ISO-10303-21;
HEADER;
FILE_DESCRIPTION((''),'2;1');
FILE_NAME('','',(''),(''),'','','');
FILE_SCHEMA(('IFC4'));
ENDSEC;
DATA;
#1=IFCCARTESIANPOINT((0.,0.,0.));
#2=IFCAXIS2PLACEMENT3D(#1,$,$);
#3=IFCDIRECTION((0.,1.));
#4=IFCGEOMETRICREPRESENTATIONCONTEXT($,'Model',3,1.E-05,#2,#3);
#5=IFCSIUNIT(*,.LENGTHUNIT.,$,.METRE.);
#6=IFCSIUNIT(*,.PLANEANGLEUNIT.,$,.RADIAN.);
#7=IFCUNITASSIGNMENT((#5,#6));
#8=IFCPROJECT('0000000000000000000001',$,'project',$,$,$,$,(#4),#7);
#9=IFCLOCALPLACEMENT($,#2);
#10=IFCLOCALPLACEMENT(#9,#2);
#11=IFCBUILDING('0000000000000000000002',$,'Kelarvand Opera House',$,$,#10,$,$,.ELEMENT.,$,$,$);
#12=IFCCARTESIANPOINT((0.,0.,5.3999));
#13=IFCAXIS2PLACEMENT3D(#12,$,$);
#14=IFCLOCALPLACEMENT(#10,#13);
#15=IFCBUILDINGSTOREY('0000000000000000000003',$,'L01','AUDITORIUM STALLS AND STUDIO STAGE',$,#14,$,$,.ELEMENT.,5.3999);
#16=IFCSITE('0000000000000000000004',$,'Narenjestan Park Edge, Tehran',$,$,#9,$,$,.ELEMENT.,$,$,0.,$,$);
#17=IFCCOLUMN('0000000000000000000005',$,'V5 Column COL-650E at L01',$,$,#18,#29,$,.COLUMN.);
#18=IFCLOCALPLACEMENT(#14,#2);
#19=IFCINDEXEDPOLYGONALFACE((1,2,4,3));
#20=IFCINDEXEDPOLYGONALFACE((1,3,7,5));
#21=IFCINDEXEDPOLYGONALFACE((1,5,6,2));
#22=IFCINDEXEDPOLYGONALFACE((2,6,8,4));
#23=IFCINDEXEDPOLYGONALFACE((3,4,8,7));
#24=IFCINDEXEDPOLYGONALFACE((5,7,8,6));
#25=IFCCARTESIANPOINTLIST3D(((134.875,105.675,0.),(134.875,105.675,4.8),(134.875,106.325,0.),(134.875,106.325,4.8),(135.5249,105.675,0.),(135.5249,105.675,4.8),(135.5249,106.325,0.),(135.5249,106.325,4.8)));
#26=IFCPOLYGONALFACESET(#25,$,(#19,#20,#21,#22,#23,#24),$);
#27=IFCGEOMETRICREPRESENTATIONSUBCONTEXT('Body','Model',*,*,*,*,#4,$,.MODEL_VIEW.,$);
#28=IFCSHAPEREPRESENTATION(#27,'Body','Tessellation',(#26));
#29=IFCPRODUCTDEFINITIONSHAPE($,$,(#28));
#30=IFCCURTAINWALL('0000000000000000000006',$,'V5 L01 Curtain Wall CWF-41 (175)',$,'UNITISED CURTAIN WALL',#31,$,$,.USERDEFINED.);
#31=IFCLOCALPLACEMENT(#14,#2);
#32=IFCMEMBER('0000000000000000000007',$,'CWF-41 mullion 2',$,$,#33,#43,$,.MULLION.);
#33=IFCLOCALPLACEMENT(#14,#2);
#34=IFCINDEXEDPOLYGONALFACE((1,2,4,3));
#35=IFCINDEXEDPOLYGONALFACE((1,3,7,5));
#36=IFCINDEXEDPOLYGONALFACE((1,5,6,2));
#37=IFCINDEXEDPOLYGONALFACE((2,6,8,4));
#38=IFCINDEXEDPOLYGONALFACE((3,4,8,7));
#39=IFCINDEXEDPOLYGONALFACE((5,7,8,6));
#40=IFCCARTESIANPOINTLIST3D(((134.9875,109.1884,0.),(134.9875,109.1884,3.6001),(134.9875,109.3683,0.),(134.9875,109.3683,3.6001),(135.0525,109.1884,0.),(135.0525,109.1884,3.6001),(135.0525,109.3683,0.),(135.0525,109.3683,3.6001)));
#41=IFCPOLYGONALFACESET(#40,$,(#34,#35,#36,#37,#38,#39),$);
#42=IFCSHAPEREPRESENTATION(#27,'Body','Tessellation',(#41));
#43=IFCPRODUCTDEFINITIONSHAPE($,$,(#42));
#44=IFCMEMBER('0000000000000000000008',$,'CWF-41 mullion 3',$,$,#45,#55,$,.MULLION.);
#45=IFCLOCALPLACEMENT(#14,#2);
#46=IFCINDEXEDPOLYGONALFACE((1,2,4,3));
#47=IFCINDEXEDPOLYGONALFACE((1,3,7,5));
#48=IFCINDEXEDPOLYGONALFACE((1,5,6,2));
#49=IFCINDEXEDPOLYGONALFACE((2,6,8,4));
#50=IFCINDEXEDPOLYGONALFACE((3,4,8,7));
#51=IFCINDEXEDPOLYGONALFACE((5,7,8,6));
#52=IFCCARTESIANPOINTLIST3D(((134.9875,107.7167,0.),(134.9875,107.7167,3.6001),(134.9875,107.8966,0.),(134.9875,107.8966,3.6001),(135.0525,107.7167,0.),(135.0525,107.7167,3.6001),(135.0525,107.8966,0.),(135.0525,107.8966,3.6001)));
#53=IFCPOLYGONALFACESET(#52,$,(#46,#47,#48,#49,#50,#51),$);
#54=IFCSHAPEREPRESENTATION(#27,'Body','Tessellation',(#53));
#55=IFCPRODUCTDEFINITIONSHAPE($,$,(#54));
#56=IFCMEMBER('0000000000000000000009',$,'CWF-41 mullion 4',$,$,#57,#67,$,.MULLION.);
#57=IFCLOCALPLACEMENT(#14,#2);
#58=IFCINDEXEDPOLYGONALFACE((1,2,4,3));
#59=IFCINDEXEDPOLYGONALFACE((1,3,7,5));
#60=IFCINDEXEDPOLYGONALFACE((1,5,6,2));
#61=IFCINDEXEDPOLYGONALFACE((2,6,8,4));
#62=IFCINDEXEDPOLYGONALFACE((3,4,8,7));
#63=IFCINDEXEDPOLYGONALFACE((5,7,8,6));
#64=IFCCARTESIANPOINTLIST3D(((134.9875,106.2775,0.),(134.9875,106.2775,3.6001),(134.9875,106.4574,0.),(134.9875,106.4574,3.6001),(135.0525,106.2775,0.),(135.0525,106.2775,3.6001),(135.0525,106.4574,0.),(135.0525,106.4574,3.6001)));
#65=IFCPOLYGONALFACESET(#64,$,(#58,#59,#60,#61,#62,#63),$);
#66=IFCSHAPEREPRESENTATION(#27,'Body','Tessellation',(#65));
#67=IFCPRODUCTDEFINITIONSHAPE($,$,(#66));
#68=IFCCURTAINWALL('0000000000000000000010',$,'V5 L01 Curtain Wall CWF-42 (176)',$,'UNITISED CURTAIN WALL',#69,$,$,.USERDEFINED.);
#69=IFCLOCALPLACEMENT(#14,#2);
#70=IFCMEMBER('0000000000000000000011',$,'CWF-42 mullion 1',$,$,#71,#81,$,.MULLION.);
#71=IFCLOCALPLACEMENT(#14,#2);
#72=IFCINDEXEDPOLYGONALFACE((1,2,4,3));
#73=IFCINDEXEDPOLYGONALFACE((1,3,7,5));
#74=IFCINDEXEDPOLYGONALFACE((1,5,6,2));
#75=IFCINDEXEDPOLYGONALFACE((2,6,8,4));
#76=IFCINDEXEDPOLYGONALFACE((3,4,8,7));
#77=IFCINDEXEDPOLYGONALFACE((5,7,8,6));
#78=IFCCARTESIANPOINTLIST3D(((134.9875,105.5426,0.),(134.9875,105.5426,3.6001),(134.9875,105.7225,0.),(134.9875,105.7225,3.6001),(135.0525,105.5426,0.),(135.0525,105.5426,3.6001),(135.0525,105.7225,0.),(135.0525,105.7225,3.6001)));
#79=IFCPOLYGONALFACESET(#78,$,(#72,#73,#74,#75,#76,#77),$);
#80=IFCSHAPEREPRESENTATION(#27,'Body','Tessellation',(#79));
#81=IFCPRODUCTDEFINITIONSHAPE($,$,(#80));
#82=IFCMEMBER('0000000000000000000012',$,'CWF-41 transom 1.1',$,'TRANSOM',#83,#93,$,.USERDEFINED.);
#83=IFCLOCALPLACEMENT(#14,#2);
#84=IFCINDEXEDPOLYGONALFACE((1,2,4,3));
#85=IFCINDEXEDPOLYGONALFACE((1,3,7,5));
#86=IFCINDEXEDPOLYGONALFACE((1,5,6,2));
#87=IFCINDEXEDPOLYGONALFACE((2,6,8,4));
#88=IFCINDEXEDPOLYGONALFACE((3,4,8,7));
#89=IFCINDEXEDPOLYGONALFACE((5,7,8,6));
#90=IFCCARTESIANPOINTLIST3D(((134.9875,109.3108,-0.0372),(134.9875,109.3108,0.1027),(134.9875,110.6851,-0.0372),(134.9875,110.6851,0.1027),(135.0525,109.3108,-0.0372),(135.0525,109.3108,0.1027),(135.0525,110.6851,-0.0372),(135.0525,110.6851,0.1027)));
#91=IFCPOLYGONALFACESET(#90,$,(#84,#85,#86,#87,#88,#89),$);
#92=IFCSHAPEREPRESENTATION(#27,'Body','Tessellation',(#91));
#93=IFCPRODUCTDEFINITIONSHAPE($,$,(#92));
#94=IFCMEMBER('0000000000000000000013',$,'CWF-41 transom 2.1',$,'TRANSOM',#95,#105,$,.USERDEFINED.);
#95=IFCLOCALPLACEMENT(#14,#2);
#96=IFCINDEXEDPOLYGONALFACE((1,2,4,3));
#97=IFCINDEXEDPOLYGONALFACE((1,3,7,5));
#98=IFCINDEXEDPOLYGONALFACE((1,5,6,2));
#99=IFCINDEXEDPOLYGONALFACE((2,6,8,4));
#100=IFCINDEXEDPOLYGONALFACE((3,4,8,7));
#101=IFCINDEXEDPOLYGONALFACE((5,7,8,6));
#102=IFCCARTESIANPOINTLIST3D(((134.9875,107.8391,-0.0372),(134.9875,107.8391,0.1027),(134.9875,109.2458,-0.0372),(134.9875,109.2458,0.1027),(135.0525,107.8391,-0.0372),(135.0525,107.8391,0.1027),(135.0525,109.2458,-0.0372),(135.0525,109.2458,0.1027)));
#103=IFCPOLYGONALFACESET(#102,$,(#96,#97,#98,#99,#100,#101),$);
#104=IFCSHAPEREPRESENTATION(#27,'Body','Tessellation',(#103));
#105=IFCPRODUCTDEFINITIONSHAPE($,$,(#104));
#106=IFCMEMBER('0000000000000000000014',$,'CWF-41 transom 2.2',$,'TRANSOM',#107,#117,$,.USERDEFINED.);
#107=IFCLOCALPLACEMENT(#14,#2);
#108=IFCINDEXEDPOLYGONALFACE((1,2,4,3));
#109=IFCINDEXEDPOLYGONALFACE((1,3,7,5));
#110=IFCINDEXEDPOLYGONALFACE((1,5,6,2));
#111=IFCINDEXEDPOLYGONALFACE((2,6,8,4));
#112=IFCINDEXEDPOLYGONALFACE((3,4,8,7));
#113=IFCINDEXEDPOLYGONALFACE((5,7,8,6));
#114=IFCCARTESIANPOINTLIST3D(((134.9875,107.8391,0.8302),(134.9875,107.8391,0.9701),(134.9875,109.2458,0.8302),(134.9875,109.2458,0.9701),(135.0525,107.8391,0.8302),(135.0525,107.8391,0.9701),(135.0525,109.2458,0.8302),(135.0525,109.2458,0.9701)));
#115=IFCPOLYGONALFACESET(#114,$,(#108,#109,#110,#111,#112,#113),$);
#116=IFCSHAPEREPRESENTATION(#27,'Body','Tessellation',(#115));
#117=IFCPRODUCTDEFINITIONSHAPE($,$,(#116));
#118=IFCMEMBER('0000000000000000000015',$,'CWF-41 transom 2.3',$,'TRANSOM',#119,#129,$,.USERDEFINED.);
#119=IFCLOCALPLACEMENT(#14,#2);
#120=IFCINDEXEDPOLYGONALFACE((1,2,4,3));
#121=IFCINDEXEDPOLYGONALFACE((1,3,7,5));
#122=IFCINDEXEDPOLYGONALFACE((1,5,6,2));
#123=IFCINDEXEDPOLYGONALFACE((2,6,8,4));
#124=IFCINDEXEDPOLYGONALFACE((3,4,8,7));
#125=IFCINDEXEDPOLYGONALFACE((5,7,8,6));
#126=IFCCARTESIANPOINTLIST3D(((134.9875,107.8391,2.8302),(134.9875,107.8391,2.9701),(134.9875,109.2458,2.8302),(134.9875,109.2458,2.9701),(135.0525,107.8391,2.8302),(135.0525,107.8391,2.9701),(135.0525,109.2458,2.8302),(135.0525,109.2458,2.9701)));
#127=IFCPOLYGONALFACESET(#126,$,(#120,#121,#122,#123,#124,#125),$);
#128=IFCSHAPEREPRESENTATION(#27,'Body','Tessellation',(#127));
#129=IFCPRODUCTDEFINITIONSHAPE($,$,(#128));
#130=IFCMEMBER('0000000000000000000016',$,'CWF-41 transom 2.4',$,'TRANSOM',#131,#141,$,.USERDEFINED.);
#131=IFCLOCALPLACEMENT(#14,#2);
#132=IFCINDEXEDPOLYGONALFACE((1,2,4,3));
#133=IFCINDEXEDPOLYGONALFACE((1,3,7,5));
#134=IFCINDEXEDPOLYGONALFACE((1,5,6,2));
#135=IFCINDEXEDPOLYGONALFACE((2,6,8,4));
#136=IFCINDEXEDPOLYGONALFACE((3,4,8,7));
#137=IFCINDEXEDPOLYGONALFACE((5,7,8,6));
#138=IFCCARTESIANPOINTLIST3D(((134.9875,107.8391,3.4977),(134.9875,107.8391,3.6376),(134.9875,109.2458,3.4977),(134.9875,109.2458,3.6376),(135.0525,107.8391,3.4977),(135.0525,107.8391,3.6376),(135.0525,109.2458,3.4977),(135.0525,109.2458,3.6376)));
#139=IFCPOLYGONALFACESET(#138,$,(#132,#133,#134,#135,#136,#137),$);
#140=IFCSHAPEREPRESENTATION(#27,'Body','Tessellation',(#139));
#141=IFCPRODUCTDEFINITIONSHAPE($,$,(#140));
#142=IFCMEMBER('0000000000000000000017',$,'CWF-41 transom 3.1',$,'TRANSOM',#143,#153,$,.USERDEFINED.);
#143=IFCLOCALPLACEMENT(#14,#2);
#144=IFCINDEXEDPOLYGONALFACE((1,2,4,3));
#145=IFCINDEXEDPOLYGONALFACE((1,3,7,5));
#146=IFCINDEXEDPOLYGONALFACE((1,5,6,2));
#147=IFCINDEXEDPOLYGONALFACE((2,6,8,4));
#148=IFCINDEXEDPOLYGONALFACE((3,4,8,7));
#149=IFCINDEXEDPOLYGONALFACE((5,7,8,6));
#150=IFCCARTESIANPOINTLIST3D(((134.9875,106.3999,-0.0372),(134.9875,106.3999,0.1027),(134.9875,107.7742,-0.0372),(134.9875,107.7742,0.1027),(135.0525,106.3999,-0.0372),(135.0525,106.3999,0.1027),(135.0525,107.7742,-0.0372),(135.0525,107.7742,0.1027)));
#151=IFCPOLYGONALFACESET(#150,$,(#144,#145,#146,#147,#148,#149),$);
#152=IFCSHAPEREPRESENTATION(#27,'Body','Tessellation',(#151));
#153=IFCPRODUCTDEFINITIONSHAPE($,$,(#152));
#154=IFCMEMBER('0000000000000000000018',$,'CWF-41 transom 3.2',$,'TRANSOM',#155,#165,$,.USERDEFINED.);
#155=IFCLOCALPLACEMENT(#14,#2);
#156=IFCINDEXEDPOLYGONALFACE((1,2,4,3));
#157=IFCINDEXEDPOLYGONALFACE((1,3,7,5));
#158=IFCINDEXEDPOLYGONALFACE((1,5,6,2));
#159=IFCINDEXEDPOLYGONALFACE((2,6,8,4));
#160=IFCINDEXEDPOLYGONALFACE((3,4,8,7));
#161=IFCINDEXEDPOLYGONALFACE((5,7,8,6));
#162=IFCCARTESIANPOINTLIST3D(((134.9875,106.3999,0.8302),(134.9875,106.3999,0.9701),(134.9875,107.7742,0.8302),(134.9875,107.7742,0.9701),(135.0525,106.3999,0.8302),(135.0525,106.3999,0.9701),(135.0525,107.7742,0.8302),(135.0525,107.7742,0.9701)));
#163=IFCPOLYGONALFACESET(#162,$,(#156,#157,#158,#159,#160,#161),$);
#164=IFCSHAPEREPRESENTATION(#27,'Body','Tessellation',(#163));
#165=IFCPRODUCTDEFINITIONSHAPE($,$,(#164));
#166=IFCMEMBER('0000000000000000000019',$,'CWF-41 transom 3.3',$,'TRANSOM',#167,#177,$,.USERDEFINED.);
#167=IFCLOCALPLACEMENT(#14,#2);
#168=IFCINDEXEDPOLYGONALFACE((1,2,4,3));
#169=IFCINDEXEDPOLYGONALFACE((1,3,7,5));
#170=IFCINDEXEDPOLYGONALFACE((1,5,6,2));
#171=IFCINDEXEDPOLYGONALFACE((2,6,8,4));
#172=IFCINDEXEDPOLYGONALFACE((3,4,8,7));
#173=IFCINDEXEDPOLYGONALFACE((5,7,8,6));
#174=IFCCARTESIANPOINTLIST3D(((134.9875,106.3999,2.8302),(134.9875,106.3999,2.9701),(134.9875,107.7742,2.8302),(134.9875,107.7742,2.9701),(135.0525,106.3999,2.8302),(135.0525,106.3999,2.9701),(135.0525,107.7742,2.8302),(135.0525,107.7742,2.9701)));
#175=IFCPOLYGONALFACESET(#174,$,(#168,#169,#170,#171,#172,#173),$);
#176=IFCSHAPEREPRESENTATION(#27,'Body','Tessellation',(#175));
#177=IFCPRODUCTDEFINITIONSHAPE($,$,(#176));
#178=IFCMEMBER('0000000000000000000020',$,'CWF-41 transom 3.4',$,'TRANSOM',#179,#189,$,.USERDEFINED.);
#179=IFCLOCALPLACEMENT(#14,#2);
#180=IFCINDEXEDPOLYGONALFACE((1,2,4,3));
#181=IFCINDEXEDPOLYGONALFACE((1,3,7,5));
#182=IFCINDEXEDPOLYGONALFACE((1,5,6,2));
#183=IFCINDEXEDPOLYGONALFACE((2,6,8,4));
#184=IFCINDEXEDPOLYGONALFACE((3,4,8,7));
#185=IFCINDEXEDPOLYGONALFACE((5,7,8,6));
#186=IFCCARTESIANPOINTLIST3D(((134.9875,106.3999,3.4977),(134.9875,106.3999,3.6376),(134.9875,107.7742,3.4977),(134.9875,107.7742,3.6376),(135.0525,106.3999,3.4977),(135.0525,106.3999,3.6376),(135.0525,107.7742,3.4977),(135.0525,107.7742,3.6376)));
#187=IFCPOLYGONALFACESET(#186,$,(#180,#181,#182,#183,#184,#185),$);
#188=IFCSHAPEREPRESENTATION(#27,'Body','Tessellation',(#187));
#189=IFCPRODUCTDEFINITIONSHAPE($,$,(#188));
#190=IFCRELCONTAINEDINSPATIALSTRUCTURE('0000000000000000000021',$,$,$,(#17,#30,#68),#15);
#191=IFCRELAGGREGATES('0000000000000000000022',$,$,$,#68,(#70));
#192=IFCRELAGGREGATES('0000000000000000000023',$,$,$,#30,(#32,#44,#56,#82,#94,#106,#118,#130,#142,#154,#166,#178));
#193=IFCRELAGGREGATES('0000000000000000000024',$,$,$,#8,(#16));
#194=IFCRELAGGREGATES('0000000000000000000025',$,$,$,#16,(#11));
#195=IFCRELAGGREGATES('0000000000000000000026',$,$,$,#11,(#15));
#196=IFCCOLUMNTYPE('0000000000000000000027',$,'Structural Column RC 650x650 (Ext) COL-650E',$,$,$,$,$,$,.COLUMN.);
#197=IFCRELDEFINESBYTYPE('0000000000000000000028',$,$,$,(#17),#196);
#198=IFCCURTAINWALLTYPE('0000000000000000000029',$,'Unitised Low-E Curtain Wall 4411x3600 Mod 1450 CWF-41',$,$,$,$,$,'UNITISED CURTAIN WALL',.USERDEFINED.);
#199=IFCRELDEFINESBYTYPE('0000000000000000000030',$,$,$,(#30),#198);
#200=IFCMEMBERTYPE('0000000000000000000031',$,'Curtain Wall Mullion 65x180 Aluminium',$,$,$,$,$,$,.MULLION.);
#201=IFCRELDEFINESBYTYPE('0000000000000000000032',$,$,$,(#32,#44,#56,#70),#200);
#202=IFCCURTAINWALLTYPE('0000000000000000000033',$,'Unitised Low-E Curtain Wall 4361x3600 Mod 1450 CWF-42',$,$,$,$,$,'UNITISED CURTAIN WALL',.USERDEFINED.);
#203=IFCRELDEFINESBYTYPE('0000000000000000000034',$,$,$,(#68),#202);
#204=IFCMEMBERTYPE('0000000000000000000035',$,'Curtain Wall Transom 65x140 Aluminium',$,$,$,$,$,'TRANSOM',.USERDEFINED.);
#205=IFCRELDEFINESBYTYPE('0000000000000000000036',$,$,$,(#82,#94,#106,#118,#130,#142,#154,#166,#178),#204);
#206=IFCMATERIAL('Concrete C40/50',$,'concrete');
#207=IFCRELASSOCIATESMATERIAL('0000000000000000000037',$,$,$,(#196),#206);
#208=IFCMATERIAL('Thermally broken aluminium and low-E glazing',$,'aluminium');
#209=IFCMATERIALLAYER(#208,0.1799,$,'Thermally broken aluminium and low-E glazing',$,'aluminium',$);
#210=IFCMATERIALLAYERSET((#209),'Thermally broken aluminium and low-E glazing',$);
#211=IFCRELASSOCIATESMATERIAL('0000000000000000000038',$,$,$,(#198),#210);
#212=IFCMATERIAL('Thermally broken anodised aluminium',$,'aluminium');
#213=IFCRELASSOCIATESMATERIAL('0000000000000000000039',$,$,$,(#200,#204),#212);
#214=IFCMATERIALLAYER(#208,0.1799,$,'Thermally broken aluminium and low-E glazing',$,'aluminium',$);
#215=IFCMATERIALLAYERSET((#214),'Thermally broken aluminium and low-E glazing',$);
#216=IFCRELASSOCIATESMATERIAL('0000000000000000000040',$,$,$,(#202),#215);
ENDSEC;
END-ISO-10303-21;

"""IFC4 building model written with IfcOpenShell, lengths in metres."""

from ifc_helpers import new_model, si_unit, direction, frame, origin, origin_2d, place, context, subcontext, project, spatial, rectangle, extrude, material, layer, layer_set, material_profile, profile_set, type_object, element, aggregate, save


model = new_model("IFC4")

# Units and contexts
model_context = context("Model", 3, precision=1e-05, world=origin(), true_north=direction((0.0, 1.0)))
body_context = subcontext(model_context, "Body", "Model", "MODEL_VIEW")
ifc_project = project(units=[si_unit("LENGTHUNIT", "METRE"), si_unit("PLANEANGLEUNIT", "RADIAN")], contexts=[model_context])

# Site, building, storey
site_placement = place(None, origin())
site = spatial("IfcSite", under=ifc_project, at=site_placement, Name="Narenjestan Park Edge, Tehran", CompositionType="ELEMENT", RefElevation=0.0)
building_placement = place(site_placement, origin())
building = spatial("IfcBuilding", under=site, at=building_placement, Name="Kelarvand Opera House", CompositionType="ELEMENT")
storey_placement = place(building_placement, frame((0.0, 0.0, 5.3999)))
storey = spatial("IfcBuildingStorey", under=building, at=storey_placement, Name="L01", Description="AUDITORIUM STALLS AND STUDIO STAGE", CompositionType="ELEMENT", Elevation=5.3999)

# Column
ifc_material_1 = material(Name="Concrete C40/50", Category="concrete")
ifc_material_profile_1 = material_profile(ifc_material_1, rectangle(XDim=0.6499, YDim=0.6499, at=origin_2d()), Name="RC 650x650", Category="concrete")
ifc_profile_set_1 = profile_set([ifc_material_profile_1], Name="Concrete C40/50")
column_type = type_object("IfcColumnType", Name="Structural Column RC 650x650 (Ext) COL-650E", PredefinedType="COLUMN", material=ifc_profile_set_1)
column_placement = place(storey_placement, frame((135.2, 106.0, 0.0), z_axis=(0.0, 0.0, 1.0), x_axis=(1.0, 0.0, 0.0)))
element("IfcColumn", 1, at=column_placement, inside=storey, type_object=column_type, Name="V5 Column COL-650E at L01", PredefinedType="COLUMN", context=body_context, shape_type="SweptSolid", body=[
    extrude(rectangle(XDim=0.6499, YDim=0.6499, at=origin_2d()), origin(), (0.0, 0.0, 1.0), 4.8),
])

# Curtain wall, members
ifc_material_2 = material(Name="Thermally broken aluminium and low-E glazing", Category="aluminium")
ifc_layer_1 = layer(ifc_material_2, 0.1799, Name="Thermally broken aluminium and low-E glazing", Category="aluminium")
ifc_layer_set_1 = layer_set([ifc_layer_1], Name="Thermally broken aluminium and low-E glazing")
curtain_wall_type_1 = type_object("IfcCurtainWallType", Name="Unitised Low-E Curtain Wall 4411x3600 Mod 1450 CWF-41", ElementType="UNITISED CURTAIN WALL", PredefinedType="USERDEFINED", material=ifc_layer_set_1)
curtain_wall_1_placement = place(storey_placement, origin())
curtain_wall_1 = element("IfcCurtainWall", 2, at=curtain_wall_1_placement, inside=storey, type_object=curtain_wall_type_1, Name="V5 L01 Curtain Wall CWF-41 (175)", ObjectType="UNITISED CURTAIN WALL", PredefinedType="USERDEFINED")
ifc_material_3 = material(Name="Thermally broken anodised aluminium", Category="aluminium")
ifc_material_profile_2 = material_profile(ifc_material_3, rectangle(XDim=0.0649, YDim=0.1799, at=origin_2d()), Name="ALU MULLION 65x180", Category="aluminium")
ifc_profile_set_2 = profile_set([ifc_material_profile_2], Name="Thermally broken anodised aluminium")
member_type_1 = type_object("IfcMemberType", Name="Curtain Wall Mullion 65x180 Aluminium", PredefinedType="MULLION", material=ifc_profile_set_2)
member_1_placement = place(storey_placement, frame((135.02, 109.2783, 0.0), z_axis=(0.0, 0.0, 1.0), x_axis=(1.0, 0.0, 0.0)))
member_1 = element("IfcMember", 3, at=member_1_placement, type_object=member_type_1, Name="CWF-41 mullion 2", PredefinedType="MULLION", context=body_context, shape_type="SweptSolid", body=[
    extrude(rectangle(XDim=0.0649, YDim=0.1799, at=origin_2d()), origin(), (0.0, 0.0, 1.0), 3.6001),
])
member_2_placement = place(storey_placement, frame((135.02, 107.8066, 0.0), z_axis=(0.0, 0.0, 1.0), x_axis=(1.0, 0.0, 0.0)))
member_2 = element("IfcMember", 4, at=member_2_placement, type_object=member_type_1, Name="CWF-41 mullion 3", PredefinedType="MULLION", context=body_context, shape_type="SweptSolid", body=[
    extrude(rectangle(XDim=0.0649, YDim=0.1799, at=origin_2d()), origin(), (0.0, 0.0, 1.0), 3.6001),
])
member_3_placement = place(storey_placement, frame((135.02, 106.3674, 0.0), z_axis=(0.0, 0.0, 1.0), x_axis=(1.0, 0.0, 0.0)))
member_3 = element("IfcMember", 5, at=member_3_placement, type_object=member_type_1, Name="CWF-41 mullion 4", PredefinedType="MULLION", context=body_context, shape_type="SweptSolid", body=[
    extrude(rectangle(XDim=0.0649, YDim=0.1799, at=origin_2d()), origin(), (0.0, 0.0, 1.0), 3.6001),
])

# Curtain wall, member
ifc_layer_2 = layer(ifc_material_2, 0.1799, Name="Thermally broken aluminium and low-E glazing", Category="aluminium")
ifc_layer_set_2 = layer_set([ifc_layer_2], Name="Thermally broken aluminium and low-E glazing")
curtain_wall_type_2 = type_object("IfcCurtainWallType", Name="Unitised Low-E Curtain Wall 4361x3600 Mod 1450 CWF-42", ElementType="UNITISED CURTAIN WALL", PredefinedType="USERDEFINED", material=ifc_layer_set_2)
curtain_wall_2_placement = place(storey_placement, origin())
curtain_wall_2 = element("IfcCurtainWall", 6, at=curtain_wall_2_placement, inside=storey, type_object=curtain_wall_type_2, Name="V5 L01 Curtain Wall CWF-42 (176)", ObjectType="UNITISED CURTAIN WALL", PredefinedType="USERDEFINED")
member_4_placement = place(storey_placement, frame((135.02, 105.6326, 0.0), z_axis=(0.0, 0.0, 1.0), x_axis=(1.0, 0.0, 0.0)))
member_4 = element("IfcMember", 7, at=member_4_placement, type_object=member_type_1, Name="CWF-42 mullion 1", PredefinedType="MULLION", context=body_context, shape_type="SweptSolid", body=[
    extrude(rectangle(XDim=0.0649, YDim=0.1799, at=origin_2d()), origin(), (0.0, 0.0, 1.0), 3.6001),
])

# Members
ifc_material_profile_3 = material_profile(ifc_material_3, rectangle(XDim=0.0649, YDim=0.1399, at=origin_2d()), Name="ALU TRANSOM 65x140", Category="aluminium")
ifc_profile_set_3 = profile_set([ifc_material_profile_3], Name="Thermally broken anodised aluminium")
member_type_2 = type_object("IfcMemberType", Name="Curtain Wall Transom 65x140 Aluminium", ElementType="TRANSOM", PredefinedType="USERDEFINED", material=ifc_profile_set_3)
member_5_placement = place(storey_placement, frame((135.02, 110.6851, 0.0327), z_axis=(0.0, -1.0, 0.0), x_axis=(1.0, 0.0, 0.0)))
member_5 = element("IfcMember", 8, at=member_5_placement, type_object=member_type_2, Name="CWF-41 transom 1.1", ObjectType="TRANSOM", PredefinedType="USERDEFINED", context=body_context, shape_type="SweptSolid", body=[
    extrude(rectangle(XDim=0.0649, YDim=0.1399, at=origin_2d()), origin(), (0.0, 0.0, 1.0), 1.3743),
])
member_6_placement = place(storey_placement, frame((135.02, 109.2458, 0.0327), z_axis=(0.0, -1.0, 0.0), x_axis=(1.0, 0.0, 0.0)))
member_6 = element("IfcMember", 9, at=member_6_placement, type_object=member_type_2, Name="CWF-41 transom 2.1", ObjectType="TRANSOM", PredefinedType="USERDEFINED", context=body_context, shape_type="SweptSolid", body=[
    extrude(rectangle(XDim=0.0649, YDim=0.1399, at=origin_2d()), origin(), (0.0, 0.0, 1.0), 1.4067),
])
member_7_placement = place(storey_placement, frame((135.02, 109.2458, 0.9001), z_axis=(0.0, -1.0, 0.0), x_axis=(1.0, 0.0, 0.0)))
member_7 = element("IfcMember", 10, at=member_7_placement, type_object=member_type_2, Name="CWF-41 transom 2.2", ObjectType="TRANSOM", PredefinedType="USERDEFINED", context=body_context, shape_type="SweptSolid", body=[
    extrude(rectangle(XDim=0.0649, YDim=0.1399, at=origin_2d()), origin(), (0.0, 0.0, 1.0), 1.4067),
])
member_8_placement = place(storey_placement, frame((135.02, 109.2458, 2.9001), z_axis=(0.0, -1.0, 0.0), x_axis=(1.0, 0.0, 0.0)))
member_8 = element("IfcMember", 11, at=member_8_placement, type_object=member_type_2, Name="CWF-41 transom 2.3", ObjectType="TRANSOM", PredefinedType="USERDEFINED", context=body_context, shape_type="SweptSolid", body=[
    extrude(rectangle(XDim=0.0649, YDim=0.1399, at=origin_2d()), origin(), (0.0, 0.0, 1.0), 1.4067),
])
member_9_placement = place(storey_placement, frame((135.02, 109.2458, 3.5676), z_axis=(0.0, -1.0, 0.0), x_axis=(1.0, 0.0, 0.0)))
member_9 = element("IfcMember", 12, at=member_9_placement, type_object=member_type_2, Name="CWF-41 transom 2.4", ObjectType="TRANSOM", PredefinedType="USERDEFINED", context=body_context, shape_type="SweptSolid", body=[
    extrude(rectangle(XDim=0.0649, YDim=0.1399, at=origin_2d()), origin(), (0.0, 0.0, 1.0), 1.4067),
])
member_10_placement = place(storey_placement, frame((135.02, 107.7742, 0.0327), z_axis=(0.0, -1.0, 0.0), x_axis=(1.0, 0.0, 0.0)))
member_10 = element("IfcMember", 13, at=member_10_placement, type_object=member_type_2, Name="CWF-41 transom 3.1", ObjectType="TRANSOM", PredefinedType="USERDEFINED", context=body_context, shape_type="SweptSolid", body=[
    extrude(rectangle(XDim=0.0649, YDim=0.1399, at=origin_2d()), origin(), (0.0, 0.0, 1.0), 1.3743),
])
member_11_placement = place(storey_placement, frame((135.02, 107.7742, 0.9001), z_axis=(0.0, -1.0, 0.0), x_axis=(1.0, 0.0, 0.0)))
member_11 = element("IfcMember", 14, at=member_11_placement, type_object=member_type_2, Name="CWF-41 transom 3.2", ObjectType="TRANSOM", PredefinedType="USERDEFINED", context=body_context, shape_type="SweptSolid", body=[
    extrude(rectangle(XDim=0.0649, YDim=0.1399, at=origin_2d()), origin(), (0.0, 0.0, 1.0), 1.3743),
])
member_12_placement = place(storey_placement, frame((135.02, 107.7742, 2.9001), z_axis=(0.0, -1.0, 0.0), x_axis=(1.0, 0.0, 0.0)))
member_12 = element("IfcMember", 15, at=member_12_placement, type_object=member_type_2, Name="CWF-41 transom 3.3", ObjectType="TRANSOM", PredefinedType="USERDEFINED", context=body_context, shape_type="SweptSolid", body=[
    extrude(rectangle(XDim=0.0649, YDim=0.1399, at=origin_2d()), origin(), (0.0, 0.0, 1.0), 1.3743),
])
member_13_placement = place(storey_placement, frame((135.02, 107.7742, 3.5676), z_axis=(0.0, -1.0, 0.0), x_axis=(1.0, 0.0, 0.0)))
member_13 = element("IfcMember", 16, at=member_13_placement, type_object=member_type_2, Name="CWF-41 transom 3.4", ObjectType="TRANSOM", PredefinedType="USERDEFINED", context=body_context, shape_type="SweptSolid", body=[
    extrude(rectangle(XDim=0.0649, YDim=0.1399, at=origin_2d()), origin(), (0.0, 0.0, 1.0), 1.3743),
])
aggregate(curtain_wall_2, [member_4])

aggregate(curtain_wall_1, [member_1, member_2, member_3, member_5, member_6, member_7, member_8, member_9, member_10, member_11, member_12, member_13])

save(model, "model.ifc")
